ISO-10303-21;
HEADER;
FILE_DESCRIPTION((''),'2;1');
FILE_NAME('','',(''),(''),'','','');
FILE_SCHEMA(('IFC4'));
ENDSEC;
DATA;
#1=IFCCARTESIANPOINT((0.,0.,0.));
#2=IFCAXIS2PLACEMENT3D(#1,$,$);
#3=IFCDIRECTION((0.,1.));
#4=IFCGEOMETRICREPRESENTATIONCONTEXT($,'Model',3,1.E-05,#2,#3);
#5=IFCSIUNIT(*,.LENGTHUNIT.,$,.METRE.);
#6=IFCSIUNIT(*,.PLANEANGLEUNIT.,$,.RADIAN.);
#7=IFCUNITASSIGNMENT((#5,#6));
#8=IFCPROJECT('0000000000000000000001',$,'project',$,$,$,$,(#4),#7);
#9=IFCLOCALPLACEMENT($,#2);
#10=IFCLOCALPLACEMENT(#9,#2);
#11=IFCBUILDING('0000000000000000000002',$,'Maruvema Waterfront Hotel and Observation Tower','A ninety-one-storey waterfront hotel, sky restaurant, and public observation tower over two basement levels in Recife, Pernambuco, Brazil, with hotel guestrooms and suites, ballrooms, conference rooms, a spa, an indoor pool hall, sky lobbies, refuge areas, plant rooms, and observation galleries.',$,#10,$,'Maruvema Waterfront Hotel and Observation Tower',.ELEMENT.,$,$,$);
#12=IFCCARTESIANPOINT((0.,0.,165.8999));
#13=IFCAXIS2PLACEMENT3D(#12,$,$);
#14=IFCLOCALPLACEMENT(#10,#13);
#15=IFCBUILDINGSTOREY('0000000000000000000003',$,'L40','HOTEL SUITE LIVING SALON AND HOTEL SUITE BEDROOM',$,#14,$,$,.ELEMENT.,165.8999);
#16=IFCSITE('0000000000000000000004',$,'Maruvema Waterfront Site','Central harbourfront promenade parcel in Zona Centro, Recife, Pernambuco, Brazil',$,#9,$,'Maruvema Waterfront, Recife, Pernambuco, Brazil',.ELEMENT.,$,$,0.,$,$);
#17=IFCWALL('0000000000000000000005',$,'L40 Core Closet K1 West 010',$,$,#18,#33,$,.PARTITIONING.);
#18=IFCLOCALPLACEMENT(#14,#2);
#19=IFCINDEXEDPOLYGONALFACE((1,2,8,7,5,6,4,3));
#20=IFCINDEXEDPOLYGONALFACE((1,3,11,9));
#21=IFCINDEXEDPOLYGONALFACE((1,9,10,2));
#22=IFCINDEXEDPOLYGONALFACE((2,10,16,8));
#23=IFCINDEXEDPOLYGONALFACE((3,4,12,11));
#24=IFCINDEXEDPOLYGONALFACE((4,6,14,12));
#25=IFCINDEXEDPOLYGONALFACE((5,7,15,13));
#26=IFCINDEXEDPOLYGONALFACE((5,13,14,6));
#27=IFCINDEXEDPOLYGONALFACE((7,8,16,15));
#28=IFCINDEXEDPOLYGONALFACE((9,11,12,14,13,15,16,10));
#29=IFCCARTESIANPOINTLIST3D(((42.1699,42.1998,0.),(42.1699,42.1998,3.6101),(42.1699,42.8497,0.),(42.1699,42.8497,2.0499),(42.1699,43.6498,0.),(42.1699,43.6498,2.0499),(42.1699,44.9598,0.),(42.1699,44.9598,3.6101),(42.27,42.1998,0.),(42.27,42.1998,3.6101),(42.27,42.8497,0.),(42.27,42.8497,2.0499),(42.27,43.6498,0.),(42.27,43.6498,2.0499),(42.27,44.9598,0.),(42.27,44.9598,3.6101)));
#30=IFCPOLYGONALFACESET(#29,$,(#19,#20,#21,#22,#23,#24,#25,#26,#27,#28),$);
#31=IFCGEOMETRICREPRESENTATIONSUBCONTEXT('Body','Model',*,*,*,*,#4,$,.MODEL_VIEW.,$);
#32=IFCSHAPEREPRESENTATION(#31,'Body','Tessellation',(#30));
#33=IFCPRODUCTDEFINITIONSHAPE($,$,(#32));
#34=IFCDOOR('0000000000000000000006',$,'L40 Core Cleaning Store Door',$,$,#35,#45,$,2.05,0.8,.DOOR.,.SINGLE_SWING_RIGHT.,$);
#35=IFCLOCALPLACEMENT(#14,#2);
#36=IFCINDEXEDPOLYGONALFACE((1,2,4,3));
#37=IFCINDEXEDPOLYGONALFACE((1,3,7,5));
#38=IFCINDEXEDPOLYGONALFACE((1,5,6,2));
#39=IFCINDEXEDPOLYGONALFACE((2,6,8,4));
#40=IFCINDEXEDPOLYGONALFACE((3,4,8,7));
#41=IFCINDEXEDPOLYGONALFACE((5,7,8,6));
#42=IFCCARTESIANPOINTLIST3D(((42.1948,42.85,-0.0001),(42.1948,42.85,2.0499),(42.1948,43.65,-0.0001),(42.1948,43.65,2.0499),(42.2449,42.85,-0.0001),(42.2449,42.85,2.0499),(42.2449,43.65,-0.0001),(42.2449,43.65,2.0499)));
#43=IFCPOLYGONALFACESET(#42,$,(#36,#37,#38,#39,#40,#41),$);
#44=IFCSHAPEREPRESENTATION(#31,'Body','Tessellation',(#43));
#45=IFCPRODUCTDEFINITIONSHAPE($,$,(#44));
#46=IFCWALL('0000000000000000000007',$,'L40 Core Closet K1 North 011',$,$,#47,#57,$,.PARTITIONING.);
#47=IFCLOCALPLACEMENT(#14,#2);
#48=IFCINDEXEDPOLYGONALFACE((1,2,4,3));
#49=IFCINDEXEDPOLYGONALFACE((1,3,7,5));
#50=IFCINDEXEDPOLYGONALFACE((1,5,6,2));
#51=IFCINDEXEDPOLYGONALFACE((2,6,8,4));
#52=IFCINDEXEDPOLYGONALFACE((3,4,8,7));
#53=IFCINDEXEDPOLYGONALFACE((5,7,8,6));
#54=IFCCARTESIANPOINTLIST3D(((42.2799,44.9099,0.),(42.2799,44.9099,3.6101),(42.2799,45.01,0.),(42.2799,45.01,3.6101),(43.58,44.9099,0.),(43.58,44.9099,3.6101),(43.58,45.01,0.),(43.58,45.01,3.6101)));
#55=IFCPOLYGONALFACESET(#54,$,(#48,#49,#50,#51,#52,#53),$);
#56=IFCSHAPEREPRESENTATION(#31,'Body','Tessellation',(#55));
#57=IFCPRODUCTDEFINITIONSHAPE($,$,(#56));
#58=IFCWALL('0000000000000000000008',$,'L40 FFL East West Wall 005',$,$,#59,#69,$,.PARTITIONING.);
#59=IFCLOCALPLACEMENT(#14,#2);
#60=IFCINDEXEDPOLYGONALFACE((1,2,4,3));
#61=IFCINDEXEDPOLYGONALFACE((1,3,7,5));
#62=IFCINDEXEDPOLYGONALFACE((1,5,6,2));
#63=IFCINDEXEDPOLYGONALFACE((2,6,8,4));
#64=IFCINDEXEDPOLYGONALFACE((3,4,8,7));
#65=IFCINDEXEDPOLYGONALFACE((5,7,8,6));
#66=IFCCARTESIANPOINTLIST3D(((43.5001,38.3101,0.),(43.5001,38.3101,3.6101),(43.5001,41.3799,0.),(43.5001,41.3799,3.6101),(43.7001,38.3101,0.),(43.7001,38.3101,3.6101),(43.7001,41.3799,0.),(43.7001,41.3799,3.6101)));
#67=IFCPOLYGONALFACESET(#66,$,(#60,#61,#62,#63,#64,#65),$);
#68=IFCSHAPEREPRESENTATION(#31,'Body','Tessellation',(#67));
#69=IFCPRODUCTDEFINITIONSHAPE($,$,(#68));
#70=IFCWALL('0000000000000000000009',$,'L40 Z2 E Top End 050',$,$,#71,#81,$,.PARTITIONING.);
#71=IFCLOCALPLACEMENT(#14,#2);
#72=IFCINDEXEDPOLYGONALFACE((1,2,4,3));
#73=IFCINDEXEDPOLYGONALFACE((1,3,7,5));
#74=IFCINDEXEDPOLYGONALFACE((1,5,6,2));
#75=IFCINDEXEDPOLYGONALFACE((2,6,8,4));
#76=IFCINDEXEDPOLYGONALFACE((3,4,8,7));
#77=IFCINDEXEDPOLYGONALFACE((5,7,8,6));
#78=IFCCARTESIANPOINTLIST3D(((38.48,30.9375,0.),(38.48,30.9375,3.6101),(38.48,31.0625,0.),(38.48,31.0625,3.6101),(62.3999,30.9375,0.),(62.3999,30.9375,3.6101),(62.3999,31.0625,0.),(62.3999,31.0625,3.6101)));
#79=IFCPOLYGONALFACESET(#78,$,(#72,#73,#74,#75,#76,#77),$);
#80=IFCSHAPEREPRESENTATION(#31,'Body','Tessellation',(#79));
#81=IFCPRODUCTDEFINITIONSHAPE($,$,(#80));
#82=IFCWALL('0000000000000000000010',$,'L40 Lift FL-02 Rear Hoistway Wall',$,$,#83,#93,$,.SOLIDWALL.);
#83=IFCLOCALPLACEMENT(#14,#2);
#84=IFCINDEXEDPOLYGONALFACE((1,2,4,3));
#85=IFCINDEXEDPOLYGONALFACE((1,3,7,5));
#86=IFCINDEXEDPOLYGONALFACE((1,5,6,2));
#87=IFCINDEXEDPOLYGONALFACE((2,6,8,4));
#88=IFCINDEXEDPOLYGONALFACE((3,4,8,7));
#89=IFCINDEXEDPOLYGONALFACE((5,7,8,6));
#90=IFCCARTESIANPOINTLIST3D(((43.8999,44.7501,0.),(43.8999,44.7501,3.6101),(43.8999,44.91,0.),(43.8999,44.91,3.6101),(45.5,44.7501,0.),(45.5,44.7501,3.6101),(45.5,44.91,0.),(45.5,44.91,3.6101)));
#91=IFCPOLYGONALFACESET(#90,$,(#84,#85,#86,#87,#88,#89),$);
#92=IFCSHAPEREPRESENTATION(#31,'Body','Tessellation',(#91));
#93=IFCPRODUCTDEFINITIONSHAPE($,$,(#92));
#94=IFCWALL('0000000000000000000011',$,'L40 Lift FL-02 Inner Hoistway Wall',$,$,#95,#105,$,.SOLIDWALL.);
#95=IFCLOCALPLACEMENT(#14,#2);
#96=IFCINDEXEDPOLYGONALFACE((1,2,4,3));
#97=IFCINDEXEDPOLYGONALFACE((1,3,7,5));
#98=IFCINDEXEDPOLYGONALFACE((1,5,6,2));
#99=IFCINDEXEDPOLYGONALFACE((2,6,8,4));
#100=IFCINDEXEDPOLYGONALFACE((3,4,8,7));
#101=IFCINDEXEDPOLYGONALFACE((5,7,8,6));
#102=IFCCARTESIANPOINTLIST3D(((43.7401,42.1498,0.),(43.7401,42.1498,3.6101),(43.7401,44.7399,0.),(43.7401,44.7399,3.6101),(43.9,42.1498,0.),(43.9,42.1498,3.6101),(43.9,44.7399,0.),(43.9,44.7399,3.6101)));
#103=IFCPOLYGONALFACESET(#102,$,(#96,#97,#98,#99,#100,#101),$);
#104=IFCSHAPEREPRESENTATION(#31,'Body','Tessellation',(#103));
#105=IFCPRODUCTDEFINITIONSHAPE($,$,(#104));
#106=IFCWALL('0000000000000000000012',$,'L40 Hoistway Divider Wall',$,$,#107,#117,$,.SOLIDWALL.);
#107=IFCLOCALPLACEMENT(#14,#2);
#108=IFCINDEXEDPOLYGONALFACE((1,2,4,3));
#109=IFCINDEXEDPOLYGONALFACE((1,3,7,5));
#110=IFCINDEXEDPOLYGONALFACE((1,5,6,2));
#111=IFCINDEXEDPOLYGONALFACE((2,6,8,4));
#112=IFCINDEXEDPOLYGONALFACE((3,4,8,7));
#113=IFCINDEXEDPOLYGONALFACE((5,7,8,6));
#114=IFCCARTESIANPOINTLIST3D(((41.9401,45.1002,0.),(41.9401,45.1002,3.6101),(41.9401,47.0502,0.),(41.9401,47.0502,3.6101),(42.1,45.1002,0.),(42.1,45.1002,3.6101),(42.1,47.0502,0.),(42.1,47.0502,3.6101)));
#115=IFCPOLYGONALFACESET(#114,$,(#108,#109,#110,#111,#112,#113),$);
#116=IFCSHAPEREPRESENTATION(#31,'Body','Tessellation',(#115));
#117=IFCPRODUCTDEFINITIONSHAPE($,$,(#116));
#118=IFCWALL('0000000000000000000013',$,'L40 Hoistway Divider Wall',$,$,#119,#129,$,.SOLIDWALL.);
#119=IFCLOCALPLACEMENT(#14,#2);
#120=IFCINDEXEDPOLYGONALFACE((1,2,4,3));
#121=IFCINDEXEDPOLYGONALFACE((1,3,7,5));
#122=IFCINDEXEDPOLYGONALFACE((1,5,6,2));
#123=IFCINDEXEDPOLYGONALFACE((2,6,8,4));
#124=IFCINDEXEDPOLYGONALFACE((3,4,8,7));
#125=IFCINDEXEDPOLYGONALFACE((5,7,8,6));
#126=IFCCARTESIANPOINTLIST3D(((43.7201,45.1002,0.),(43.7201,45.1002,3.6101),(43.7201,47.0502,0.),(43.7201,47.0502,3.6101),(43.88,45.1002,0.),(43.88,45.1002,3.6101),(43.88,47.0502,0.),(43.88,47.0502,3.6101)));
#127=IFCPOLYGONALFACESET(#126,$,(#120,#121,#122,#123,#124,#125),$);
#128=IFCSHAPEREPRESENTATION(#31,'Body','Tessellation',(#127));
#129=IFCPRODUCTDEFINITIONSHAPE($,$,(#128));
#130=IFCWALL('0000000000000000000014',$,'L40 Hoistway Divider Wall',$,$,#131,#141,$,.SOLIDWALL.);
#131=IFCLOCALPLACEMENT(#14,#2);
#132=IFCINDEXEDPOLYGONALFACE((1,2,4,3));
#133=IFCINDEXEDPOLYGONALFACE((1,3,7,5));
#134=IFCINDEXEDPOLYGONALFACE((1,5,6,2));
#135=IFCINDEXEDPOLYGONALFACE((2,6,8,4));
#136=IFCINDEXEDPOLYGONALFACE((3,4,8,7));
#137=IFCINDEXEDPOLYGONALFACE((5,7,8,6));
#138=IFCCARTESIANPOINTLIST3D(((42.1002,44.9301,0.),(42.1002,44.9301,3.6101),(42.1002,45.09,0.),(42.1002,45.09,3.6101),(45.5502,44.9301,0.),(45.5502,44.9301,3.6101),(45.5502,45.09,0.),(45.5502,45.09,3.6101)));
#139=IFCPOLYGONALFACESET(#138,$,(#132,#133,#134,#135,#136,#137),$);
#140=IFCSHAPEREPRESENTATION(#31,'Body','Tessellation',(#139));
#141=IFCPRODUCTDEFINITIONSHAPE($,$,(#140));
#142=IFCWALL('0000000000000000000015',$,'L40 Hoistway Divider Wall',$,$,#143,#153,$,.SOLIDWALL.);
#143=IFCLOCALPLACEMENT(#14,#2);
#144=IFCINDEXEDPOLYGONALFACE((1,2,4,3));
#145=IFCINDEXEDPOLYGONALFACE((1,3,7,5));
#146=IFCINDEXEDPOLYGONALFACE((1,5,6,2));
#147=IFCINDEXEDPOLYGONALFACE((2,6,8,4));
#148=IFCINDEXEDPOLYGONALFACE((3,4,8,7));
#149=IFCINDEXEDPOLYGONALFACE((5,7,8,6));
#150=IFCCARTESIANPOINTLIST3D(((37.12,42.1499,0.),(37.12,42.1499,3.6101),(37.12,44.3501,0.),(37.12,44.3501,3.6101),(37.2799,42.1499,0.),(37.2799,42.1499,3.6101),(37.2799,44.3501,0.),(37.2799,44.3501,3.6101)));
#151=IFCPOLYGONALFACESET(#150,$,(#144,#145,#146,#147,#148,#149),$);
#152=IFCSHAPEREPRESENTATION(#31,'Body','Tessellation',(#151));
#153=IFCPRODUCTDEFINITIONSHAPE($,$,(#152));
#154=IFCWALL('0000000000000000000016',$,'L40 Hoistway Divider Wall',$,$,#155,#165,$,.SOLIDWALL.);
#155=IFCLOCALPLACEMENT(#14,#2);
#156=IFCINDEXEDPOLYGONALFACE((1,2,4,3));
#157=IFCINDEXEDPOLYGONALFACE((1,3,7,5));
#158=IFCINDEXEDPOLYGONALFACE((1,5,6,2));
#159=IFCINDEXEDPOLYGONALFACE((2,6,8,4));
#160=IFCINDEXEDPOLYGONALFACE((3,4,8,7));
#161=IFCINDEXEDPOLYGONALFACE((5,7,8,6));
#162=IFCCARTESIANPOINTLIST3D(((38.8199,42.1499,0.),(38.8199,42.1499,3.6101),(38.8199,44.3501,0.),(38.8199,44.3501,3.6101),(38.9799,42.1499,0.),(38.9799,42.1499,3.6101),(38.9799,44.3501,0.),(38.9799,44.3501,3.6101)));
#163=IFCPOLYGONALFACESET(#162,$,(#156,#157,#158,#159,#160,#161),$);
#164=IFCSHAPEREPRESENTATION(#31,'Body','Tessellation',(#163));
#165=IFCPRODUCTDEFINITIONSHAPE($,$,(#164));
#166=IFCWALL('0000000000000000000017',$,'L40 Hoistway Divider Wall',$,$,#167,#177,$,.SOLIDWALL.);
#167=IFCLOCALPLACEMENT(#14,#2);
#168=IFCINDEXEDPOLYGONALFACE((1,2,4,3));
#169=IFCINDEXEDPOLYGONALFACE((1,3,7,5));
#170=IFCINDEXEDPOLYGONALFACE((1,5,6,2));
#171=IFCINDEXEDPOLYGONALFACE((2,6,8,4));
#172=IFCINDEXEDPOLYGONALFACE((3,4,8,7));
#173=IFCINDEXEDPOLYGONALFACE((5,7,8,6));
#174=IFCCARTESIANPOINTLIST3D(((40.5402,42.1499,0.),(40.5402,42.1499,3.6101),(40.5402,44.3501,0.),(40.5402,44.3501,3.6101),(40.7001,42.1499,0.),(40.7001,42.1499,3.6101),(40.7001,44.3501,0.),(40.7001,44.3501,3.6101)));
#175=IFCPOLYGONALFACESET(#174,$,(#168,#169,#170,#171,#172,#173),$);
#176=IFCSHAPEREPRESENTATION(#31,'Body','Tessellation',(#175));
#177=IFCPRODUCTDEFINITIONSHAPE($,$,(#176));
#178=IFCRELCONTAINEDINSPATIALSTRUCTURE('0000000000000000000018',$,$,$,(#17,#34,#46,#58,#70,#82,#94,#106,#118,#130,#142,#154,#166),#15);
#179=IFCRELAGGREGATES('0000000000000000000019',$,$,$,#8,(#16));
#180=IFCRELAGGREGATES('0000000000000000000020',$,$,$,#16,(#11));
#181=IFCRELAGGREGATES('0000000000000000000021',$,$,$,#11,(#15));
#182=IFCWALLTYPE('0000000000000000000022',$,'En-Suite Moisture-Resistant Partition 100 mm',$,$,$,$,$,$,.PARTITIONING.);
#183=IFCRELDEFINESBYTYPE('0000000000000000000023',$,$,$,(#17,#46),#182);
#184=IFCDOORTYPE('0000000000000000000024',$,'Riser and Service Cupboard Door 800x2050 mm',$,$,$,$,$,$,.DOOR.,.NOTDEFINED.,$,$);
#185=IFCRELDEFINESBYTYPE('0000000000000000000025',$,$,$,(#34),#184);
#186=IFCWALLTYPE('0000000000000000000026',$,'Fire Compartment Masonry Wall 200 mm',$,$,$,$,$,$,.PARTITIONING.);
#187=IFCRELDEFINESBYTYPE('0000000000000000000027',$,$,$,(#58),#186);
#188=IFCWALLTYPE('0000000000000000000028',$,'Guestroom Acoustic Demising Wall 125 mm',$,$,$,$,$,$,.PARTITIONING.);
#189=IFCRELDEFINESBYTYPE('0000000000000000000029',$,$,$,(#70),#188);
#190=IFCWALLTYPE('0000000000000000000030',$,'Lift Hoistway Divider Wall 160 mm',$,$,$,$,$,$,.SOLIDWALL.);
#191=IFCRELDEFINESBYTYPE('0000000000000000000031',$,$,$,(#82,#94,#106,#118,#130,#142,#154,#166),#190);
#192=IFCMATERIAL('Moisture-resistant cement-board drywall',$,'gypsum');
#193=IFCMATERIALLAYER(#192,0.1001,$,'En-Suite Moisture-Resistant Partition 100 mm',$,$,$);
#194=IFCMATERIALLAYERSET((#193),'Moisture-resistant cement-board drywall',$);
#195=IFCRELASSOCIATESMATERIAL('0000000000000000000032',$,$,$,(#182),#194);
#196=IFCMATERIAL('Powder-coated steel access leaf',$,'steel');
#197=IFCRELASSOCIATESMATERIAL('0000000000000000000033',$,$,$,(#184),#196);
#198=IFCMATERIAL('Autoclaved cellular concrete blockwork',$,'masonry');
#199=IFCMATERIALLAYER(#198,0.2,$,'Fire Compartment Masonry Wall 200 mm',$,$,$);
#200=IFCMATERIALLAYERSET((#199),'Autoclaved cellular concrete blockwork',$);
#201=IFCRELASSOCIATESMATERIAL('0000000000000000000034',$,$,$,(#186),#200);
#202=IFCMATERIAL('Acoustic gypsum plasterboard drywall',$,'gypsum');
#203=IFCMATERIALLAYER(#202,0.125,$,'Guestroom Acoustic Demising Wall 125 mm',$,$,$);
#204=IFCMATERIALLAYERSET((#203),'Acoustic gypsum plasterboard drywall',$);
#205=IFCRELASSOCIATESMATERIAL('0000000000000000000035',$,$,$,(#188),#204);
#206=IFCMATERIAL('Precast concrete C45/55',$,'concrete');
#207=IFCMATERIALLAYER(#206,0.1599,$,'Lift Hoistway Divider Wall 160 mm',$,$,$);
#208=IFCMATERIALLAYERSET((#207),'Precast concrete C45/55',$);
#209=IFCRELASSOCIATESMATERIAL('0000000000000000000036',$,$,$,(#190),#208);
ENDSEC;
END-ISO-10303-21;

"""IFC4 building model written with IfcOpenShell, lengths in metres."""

from ifc_helpers import new_model, si_unit, direction, frame, frame_2d, origin, place, context, subcontext, project, spatial, rectangle, extrude, material, layer, layer_set, type_object, element, fill, save


model = new_model("IFC4")

# Units and contexts
model_context = context("Model", 3, precision=1e-05, world=origin(), true_north=direction((0.0, 1.0)))
body_context = subcontext(model_context, "Body", "Model", "MODEL_VIEW")
ifc_project = project(units=[si_unit("LENGTHUNIT", "METRE"), si_unit("PLANEANGLEUNIT", "RADIAN")], contexts=[model_context])

# Site, building, storey
site_placement = place(None, origin())
site = spatial("IfcSite", under=ifc_project, at=site_placement, Name="Maruvema Waterfront Site", Description="Central harbourfront promenade parcel in Zona Centro, Recife, Pernambuco, Brazil", LongName="Maruvema Waterfront, Recife, Pernambuco, Brazil", CompositionType="ELEMENT", RefElevation=0.0)
building_placement = place(site_placement, origin())
building = spatial("IfcBuilding", under=site, at=building_placement, Name="Maruvema Waterfront Hotel and Observation Tower", Description="A ninety-one-storey waterfront hotel, sky restaurant, and public observation tower over two basement levels in Recife, Pernambuco, Brazil, with hotel guestrooms and suites, ballrooms, conference rooms, a spa, an indoor pool hall, sky lobbies, refuge areas, plant rooms, and observation galleries.", LongName="Maruvema Waterfront Hotel and Observation Tower", CompositionType="ELEMENT")
storey_placement = place(building_placement, frame((0.0, 0.0, 165.8999)))
storey = spatial("IfcBuildingStorey", under=building, at=storey_placement, Name="L40", Description="HOTEL SUITE LIVING SALON AND HOTEL SUITE BEDROOM", CompositionType="ELEMENT", Elevation=165.8999)

# Wall, opening, door
ifc_material_1 = material(Name="Moisture-resistant cement-board drywall", Category="gypsum")
ifc_layer_1 = layer(ifc_material_1, 0.1001, Name="En-Suite Moisture-Resistant Partition 100 mm")
ifc_layer_set_1 = layer_set([ifc_layer_1], Name="Moisture-resistant cement-board drywall")
wall_type_1 = type_object("IfcWallType", Name="En-Suite Moisture-Resistant Partition 100 mm", PredefinedType="PARTITIONING", material=ifc_layer_set_1)
wall_1_placement = place(storey_placement, frame((42.22, 42.2, 0.0), z_axis=(0.0, 0.0, 1.0), x_axis=(0.0, 1.0, 0.0)))
wall_1 = element("IfcWall", 1, at=wall_1_placement, inside=storey, type_object=wall_type_1, Name="L40 Core Closet K1 West 010", PredefinedType="PARTITIONING", context=body_context, shape_type="SweptSolid", body=[
    extrude(rectangle(XDim=2.76, YDim=0.1001, at=frame_2d((1.3799, 0.0))), origin(), (0.0, 0.0, 1.0), 3.6101),
])
opening_1_placement = place(wall_1_placement, frame((0.6499, 0.0, 0.0)))
opening_1 = element("IfcOpeningElement", 2, at=opening_1_placement, cuts=wall_1, PredefinedType="OPENING", context=body_context, shape_type="SweptSolid", body=[
    extrude(rectangle(XDim=0.8, YDim=2.05, at=frame_2d((0.3999, 1.0249))), frame((0.0, 0.0601, 0.0), z_axis=(0.0, -1.0, 0.0), x_axis=(1.0, 0.0, 0.0)), (0.0, 0.0, 1.0), 0.1201),
])
ifc_material_2 = material(Name="Powder-coated steel access leaf", Category="steel")
door_type_1 = type_object("IfcDoorType", Name="Riser and Service Cupboard Door 800x2050 mm", OperationType="NOTDEFINED", PredefinedType="DOOR", material=ifc_material_2)
door_1_placement = place(opening_1_placement, frame((0.8, 0.0, 0.0), z_axis=(0.0, 0.0, 1.0), x_axis=(-1.0, 0.0, 0.0)))
door_1 = element("IfcDoor", 3, at=door_1_placement, inside=storey, type_object=door_type_1, Name="L40 Core Cleaning Store Door", OperationType="SINGLE_SWING_RIGHT", OverallHeight=2.05, OverallWidth=0.8, PredefinedType="DOOR", context=body_context, shape_type="SweptSolid", body=[
    extrude(rectangle(XDim=0.8, YDim=2.05, at=frame_2d((0.3999, 1.0249))), frame((0.0, 0.0249, 0.0), z_axis=(0.0, -1.0, 0.0), x_axis=(1.0, 0.0, 0.0)), (0.0, 0.0, 1.0), 0.05),
])
fill(opening_1, door_1)

# Wall
wall_2_placement = place(storey_placement, frame((42.28, 44.96, 0.0), z_axis=(0.0, 0.0, 1.0), x_axis=(1.0, 0.0, 0.0)))
element("IfcWall", 4, at=wall_2_placement, inside=storey, type_object=wall_type_1, Name="L40 Core Closet K1 North 011", PredefinedType="PARTITIONING", context=body_context, shape_type="SweptSolid", body=[
    extrude(rectangle(XDim=1.3, YDim=0.1001, at=frame_2d((0.6499, 0.0))), origin(), (0.0, 0.0, 1.0), 3.6101),
])

# Shared definitions
ifc_material_3 = material(Name="Autoclaved cellular concrete blockwork", Category="masonry")
ifc_layer_2 = layer(ifc_material_3, 0.2, Name="Fire Compartment Masonry Wall 200 mm")
ifc_layer_set_2 = layer_set([ifc_layer_2], Name="Autoclaved cellular concrete blockwork")
wall_type_2 = type_object("IfcWallType", Name="Fire Compartment Masonry Wall 200 mm", PredefinedType="PARTITIONING", material=ifc_layer_set_2)

# Walls
wall_3_placement = place(storey_placement, frame((43.6001, 38.3101, 0.0), z_axis=(0.0, 0.0, 1.0), x_axis=(0.0, 1.0, 0.0)))
element("IfcWall", 5, at=wall_3_placement, inside=storey, type_object=wall_type_2, Name="L40 FFL East West Wall 005", PredefinedType="PARTITIONING", context=body_context, shape_type="SweptSolid", body=[
    extrude(rectangle(XDim=3.0698, YDim=0.2, at=frame_2d((1.5349, 0.0))), origin(), (0.0, 0.0, 1.0), 3.6101),
])
ifc_material_4 = material(Name="Acoustic gypsum plasterboard drywall", Category="gypsum")
ifc_layer_3 = layer(ifc_material_4, 0.125, Name="Guestroom Acoustic Demising Wall 125 mm")
ifc_layer_set_3 = layer_set([ifc_layer_3], Name="Acoustic gypsum plasterboard drywall")
wall_type_3 = type_object("IfcWallType", Name="Guestroom Acoustic Demising Wall 125 mm", PredefinedType="PARTITIONING", material=ifc_layer_set_3)
wall_4_placement = place(storey_placement, frame((38.48, 31.0, 0.0), z_axis=(0.0, 0.0, 1.0), x_axis=(1.0, 0.0, 0.0)))
element("IfcWall", 6, at=wall_4_placement, inside=storey, type_object=wall_type_3, Name="L40 Z2 E Top End 050", PredefinedType="PARTITIONING", context=body_context, shape_type="SweptSolid", body=[
    extrude(rectangle(XDim=23.9199, YDim=0.125, at=frame_2d((11.96, 0.0))), origin(), (0.0, 0.0, 1.0), 3.6101),
])
ifc_material_5 = material(Name="Precast concrete C45/55", Category="concrete")
ifc_layer_4 = layer(ifc_material_5, 0.1599, Name="Lift Hoistway Divider Wall 160 mm")
ifc_layer_set_4 = layer_set([ifc_layer_4], Name="Precast concrete C45/55")
wall_type_4 = type_object("IfcWallType", Name="Lift Hoistway Divider Wall 160 mm", PredefinedType="SOLIDWALL", material=ifc_layer_set_4)
wall_5_placement = place(storey_placement, frame((43.8999, 44.8301, 0.0), z_axis=(0.0, 0.0, 1.0), x_axis=(1.0, 0.0, 0.0)))
element("IfcWall", 7, at=wall_5_placement, inside=storey, type_object=wall_type_4, Name="L40 Lift FL-02 Rear Hoistway Wall", PredefinedType="SOLIDWALL", context=body_context, shape_type="SweptSolid", body=[
    extrude(rectangle(XDim=1.6001, YDim=0.1599, at=frame_2d((0.8, 0.0))), origin(), (0.0, 0.0, 1.0), 3.6101),
])
wall_6_placement = place(storey_placement, frame((43.8201, 42.1499, 0.0), z_axis=(0.0, 0.0, 1.0), x_axis=(0.0, 1.0, 0.0)))
element("IfcWall", 8, at=wall_6_placement, inside=storey, type_object=wall_type_4, Name="L40 Lift FL-02 Inner Hoistway Wall", PredefinedType="SOLIDWALL", context=body_context, shape_type="SweptSolid", body=[
    extrude(rectangle(XDim=2.5901, YDim=0.1599, at=frame_2d((1.2949, 0.0))), origin(), (0.0, 0.0, 1.0), 3.6101),
])
for number, where, z_axis, x_axis, name in (
    (9, (42.02, 45.1001, 0.0), (0.0, 0.0, 1.0), (0.0, 1.0, 0.0), "L40 Hoistway Divider Wall"),
    (10, (43.8, 45.1001, 0.0), (0.0, 0.0, 1.0), (0.0, 1.0, 0.0), "L40 Hoistway Divider Wall"),
):
    element("IfcWall", number, at=place(storey_placement, frame(where, z_axis=z_axis, x_axis=x_axis)), inside=storey, type_object=wall_type_4, Name=name, PredefinedType="SOLIDWALL", context=body_context, shape_type="SweptSolid", body=[
        extrude(rectangle(XDim=1.95, YDim=0.1599, at=frame_2d((0.9751, 0.0))), origin(), (0.0, 0.0, 1.0), 3.6101),
    ])
wall_7_placement = place(storey_placement, frame((42.1001, 45.01, 0.0), z_axis=(0.0, 0.0, 1.0), x_axis=(1.0, 0.0, 0.0)))
element("IfcWall", 11, at=wall_7_placement, inside=storey, type_object=wall_type_4, Name="L40 Hoistway Divider Wall", PredefinedType="SOLIDWALL", context=body_context, shape_type="SweptSolid", body=[
    extrude(rectangle(XDim=3.45, YDim=0.1599, at=frame_2d((1.7251, 0.0))), origin(), (0.0, 0.0, 1.0), 3.6101),
])
for number, where, z_axis, x_axis, name in (
    (12, (37.2, 42.1499, 0.0), (0.0, 0.0, 1.0), (0.0, 1.0, 0.0), "L40 Hoistway Divider Wall"),
    (13, (38.8999, 42.1499, 0.0), (0.0, 0.0, 1.0), (0.0, 1.0, 0.0), "L40 Hoistway Divider Wall"),
    (14, (40.6201, 42.1499, 0.0), (0.0, 0.0, 1.0), (0.0, 1.0, 0.0), "L40 Hoistway Divider Wall"),
):
    element("IfcWall", number, at=place(storey_placement, frame(where, z_axis=z_axis, x_axis=x_axis)), inside=storey, type_object=wall_type_4, Name=name, PredefinedType="SOLIDWALL", context=body_context, shape_type="SweptSolid", body=[
        extrude(rectangle(XDim=2.2002, YDim=0.1599, at=frame_2d((1.1001, 0.0))), origin(), (0.0, 0.0, 1.0), 3.6101),
    ])

save(model, "model.ifc")
